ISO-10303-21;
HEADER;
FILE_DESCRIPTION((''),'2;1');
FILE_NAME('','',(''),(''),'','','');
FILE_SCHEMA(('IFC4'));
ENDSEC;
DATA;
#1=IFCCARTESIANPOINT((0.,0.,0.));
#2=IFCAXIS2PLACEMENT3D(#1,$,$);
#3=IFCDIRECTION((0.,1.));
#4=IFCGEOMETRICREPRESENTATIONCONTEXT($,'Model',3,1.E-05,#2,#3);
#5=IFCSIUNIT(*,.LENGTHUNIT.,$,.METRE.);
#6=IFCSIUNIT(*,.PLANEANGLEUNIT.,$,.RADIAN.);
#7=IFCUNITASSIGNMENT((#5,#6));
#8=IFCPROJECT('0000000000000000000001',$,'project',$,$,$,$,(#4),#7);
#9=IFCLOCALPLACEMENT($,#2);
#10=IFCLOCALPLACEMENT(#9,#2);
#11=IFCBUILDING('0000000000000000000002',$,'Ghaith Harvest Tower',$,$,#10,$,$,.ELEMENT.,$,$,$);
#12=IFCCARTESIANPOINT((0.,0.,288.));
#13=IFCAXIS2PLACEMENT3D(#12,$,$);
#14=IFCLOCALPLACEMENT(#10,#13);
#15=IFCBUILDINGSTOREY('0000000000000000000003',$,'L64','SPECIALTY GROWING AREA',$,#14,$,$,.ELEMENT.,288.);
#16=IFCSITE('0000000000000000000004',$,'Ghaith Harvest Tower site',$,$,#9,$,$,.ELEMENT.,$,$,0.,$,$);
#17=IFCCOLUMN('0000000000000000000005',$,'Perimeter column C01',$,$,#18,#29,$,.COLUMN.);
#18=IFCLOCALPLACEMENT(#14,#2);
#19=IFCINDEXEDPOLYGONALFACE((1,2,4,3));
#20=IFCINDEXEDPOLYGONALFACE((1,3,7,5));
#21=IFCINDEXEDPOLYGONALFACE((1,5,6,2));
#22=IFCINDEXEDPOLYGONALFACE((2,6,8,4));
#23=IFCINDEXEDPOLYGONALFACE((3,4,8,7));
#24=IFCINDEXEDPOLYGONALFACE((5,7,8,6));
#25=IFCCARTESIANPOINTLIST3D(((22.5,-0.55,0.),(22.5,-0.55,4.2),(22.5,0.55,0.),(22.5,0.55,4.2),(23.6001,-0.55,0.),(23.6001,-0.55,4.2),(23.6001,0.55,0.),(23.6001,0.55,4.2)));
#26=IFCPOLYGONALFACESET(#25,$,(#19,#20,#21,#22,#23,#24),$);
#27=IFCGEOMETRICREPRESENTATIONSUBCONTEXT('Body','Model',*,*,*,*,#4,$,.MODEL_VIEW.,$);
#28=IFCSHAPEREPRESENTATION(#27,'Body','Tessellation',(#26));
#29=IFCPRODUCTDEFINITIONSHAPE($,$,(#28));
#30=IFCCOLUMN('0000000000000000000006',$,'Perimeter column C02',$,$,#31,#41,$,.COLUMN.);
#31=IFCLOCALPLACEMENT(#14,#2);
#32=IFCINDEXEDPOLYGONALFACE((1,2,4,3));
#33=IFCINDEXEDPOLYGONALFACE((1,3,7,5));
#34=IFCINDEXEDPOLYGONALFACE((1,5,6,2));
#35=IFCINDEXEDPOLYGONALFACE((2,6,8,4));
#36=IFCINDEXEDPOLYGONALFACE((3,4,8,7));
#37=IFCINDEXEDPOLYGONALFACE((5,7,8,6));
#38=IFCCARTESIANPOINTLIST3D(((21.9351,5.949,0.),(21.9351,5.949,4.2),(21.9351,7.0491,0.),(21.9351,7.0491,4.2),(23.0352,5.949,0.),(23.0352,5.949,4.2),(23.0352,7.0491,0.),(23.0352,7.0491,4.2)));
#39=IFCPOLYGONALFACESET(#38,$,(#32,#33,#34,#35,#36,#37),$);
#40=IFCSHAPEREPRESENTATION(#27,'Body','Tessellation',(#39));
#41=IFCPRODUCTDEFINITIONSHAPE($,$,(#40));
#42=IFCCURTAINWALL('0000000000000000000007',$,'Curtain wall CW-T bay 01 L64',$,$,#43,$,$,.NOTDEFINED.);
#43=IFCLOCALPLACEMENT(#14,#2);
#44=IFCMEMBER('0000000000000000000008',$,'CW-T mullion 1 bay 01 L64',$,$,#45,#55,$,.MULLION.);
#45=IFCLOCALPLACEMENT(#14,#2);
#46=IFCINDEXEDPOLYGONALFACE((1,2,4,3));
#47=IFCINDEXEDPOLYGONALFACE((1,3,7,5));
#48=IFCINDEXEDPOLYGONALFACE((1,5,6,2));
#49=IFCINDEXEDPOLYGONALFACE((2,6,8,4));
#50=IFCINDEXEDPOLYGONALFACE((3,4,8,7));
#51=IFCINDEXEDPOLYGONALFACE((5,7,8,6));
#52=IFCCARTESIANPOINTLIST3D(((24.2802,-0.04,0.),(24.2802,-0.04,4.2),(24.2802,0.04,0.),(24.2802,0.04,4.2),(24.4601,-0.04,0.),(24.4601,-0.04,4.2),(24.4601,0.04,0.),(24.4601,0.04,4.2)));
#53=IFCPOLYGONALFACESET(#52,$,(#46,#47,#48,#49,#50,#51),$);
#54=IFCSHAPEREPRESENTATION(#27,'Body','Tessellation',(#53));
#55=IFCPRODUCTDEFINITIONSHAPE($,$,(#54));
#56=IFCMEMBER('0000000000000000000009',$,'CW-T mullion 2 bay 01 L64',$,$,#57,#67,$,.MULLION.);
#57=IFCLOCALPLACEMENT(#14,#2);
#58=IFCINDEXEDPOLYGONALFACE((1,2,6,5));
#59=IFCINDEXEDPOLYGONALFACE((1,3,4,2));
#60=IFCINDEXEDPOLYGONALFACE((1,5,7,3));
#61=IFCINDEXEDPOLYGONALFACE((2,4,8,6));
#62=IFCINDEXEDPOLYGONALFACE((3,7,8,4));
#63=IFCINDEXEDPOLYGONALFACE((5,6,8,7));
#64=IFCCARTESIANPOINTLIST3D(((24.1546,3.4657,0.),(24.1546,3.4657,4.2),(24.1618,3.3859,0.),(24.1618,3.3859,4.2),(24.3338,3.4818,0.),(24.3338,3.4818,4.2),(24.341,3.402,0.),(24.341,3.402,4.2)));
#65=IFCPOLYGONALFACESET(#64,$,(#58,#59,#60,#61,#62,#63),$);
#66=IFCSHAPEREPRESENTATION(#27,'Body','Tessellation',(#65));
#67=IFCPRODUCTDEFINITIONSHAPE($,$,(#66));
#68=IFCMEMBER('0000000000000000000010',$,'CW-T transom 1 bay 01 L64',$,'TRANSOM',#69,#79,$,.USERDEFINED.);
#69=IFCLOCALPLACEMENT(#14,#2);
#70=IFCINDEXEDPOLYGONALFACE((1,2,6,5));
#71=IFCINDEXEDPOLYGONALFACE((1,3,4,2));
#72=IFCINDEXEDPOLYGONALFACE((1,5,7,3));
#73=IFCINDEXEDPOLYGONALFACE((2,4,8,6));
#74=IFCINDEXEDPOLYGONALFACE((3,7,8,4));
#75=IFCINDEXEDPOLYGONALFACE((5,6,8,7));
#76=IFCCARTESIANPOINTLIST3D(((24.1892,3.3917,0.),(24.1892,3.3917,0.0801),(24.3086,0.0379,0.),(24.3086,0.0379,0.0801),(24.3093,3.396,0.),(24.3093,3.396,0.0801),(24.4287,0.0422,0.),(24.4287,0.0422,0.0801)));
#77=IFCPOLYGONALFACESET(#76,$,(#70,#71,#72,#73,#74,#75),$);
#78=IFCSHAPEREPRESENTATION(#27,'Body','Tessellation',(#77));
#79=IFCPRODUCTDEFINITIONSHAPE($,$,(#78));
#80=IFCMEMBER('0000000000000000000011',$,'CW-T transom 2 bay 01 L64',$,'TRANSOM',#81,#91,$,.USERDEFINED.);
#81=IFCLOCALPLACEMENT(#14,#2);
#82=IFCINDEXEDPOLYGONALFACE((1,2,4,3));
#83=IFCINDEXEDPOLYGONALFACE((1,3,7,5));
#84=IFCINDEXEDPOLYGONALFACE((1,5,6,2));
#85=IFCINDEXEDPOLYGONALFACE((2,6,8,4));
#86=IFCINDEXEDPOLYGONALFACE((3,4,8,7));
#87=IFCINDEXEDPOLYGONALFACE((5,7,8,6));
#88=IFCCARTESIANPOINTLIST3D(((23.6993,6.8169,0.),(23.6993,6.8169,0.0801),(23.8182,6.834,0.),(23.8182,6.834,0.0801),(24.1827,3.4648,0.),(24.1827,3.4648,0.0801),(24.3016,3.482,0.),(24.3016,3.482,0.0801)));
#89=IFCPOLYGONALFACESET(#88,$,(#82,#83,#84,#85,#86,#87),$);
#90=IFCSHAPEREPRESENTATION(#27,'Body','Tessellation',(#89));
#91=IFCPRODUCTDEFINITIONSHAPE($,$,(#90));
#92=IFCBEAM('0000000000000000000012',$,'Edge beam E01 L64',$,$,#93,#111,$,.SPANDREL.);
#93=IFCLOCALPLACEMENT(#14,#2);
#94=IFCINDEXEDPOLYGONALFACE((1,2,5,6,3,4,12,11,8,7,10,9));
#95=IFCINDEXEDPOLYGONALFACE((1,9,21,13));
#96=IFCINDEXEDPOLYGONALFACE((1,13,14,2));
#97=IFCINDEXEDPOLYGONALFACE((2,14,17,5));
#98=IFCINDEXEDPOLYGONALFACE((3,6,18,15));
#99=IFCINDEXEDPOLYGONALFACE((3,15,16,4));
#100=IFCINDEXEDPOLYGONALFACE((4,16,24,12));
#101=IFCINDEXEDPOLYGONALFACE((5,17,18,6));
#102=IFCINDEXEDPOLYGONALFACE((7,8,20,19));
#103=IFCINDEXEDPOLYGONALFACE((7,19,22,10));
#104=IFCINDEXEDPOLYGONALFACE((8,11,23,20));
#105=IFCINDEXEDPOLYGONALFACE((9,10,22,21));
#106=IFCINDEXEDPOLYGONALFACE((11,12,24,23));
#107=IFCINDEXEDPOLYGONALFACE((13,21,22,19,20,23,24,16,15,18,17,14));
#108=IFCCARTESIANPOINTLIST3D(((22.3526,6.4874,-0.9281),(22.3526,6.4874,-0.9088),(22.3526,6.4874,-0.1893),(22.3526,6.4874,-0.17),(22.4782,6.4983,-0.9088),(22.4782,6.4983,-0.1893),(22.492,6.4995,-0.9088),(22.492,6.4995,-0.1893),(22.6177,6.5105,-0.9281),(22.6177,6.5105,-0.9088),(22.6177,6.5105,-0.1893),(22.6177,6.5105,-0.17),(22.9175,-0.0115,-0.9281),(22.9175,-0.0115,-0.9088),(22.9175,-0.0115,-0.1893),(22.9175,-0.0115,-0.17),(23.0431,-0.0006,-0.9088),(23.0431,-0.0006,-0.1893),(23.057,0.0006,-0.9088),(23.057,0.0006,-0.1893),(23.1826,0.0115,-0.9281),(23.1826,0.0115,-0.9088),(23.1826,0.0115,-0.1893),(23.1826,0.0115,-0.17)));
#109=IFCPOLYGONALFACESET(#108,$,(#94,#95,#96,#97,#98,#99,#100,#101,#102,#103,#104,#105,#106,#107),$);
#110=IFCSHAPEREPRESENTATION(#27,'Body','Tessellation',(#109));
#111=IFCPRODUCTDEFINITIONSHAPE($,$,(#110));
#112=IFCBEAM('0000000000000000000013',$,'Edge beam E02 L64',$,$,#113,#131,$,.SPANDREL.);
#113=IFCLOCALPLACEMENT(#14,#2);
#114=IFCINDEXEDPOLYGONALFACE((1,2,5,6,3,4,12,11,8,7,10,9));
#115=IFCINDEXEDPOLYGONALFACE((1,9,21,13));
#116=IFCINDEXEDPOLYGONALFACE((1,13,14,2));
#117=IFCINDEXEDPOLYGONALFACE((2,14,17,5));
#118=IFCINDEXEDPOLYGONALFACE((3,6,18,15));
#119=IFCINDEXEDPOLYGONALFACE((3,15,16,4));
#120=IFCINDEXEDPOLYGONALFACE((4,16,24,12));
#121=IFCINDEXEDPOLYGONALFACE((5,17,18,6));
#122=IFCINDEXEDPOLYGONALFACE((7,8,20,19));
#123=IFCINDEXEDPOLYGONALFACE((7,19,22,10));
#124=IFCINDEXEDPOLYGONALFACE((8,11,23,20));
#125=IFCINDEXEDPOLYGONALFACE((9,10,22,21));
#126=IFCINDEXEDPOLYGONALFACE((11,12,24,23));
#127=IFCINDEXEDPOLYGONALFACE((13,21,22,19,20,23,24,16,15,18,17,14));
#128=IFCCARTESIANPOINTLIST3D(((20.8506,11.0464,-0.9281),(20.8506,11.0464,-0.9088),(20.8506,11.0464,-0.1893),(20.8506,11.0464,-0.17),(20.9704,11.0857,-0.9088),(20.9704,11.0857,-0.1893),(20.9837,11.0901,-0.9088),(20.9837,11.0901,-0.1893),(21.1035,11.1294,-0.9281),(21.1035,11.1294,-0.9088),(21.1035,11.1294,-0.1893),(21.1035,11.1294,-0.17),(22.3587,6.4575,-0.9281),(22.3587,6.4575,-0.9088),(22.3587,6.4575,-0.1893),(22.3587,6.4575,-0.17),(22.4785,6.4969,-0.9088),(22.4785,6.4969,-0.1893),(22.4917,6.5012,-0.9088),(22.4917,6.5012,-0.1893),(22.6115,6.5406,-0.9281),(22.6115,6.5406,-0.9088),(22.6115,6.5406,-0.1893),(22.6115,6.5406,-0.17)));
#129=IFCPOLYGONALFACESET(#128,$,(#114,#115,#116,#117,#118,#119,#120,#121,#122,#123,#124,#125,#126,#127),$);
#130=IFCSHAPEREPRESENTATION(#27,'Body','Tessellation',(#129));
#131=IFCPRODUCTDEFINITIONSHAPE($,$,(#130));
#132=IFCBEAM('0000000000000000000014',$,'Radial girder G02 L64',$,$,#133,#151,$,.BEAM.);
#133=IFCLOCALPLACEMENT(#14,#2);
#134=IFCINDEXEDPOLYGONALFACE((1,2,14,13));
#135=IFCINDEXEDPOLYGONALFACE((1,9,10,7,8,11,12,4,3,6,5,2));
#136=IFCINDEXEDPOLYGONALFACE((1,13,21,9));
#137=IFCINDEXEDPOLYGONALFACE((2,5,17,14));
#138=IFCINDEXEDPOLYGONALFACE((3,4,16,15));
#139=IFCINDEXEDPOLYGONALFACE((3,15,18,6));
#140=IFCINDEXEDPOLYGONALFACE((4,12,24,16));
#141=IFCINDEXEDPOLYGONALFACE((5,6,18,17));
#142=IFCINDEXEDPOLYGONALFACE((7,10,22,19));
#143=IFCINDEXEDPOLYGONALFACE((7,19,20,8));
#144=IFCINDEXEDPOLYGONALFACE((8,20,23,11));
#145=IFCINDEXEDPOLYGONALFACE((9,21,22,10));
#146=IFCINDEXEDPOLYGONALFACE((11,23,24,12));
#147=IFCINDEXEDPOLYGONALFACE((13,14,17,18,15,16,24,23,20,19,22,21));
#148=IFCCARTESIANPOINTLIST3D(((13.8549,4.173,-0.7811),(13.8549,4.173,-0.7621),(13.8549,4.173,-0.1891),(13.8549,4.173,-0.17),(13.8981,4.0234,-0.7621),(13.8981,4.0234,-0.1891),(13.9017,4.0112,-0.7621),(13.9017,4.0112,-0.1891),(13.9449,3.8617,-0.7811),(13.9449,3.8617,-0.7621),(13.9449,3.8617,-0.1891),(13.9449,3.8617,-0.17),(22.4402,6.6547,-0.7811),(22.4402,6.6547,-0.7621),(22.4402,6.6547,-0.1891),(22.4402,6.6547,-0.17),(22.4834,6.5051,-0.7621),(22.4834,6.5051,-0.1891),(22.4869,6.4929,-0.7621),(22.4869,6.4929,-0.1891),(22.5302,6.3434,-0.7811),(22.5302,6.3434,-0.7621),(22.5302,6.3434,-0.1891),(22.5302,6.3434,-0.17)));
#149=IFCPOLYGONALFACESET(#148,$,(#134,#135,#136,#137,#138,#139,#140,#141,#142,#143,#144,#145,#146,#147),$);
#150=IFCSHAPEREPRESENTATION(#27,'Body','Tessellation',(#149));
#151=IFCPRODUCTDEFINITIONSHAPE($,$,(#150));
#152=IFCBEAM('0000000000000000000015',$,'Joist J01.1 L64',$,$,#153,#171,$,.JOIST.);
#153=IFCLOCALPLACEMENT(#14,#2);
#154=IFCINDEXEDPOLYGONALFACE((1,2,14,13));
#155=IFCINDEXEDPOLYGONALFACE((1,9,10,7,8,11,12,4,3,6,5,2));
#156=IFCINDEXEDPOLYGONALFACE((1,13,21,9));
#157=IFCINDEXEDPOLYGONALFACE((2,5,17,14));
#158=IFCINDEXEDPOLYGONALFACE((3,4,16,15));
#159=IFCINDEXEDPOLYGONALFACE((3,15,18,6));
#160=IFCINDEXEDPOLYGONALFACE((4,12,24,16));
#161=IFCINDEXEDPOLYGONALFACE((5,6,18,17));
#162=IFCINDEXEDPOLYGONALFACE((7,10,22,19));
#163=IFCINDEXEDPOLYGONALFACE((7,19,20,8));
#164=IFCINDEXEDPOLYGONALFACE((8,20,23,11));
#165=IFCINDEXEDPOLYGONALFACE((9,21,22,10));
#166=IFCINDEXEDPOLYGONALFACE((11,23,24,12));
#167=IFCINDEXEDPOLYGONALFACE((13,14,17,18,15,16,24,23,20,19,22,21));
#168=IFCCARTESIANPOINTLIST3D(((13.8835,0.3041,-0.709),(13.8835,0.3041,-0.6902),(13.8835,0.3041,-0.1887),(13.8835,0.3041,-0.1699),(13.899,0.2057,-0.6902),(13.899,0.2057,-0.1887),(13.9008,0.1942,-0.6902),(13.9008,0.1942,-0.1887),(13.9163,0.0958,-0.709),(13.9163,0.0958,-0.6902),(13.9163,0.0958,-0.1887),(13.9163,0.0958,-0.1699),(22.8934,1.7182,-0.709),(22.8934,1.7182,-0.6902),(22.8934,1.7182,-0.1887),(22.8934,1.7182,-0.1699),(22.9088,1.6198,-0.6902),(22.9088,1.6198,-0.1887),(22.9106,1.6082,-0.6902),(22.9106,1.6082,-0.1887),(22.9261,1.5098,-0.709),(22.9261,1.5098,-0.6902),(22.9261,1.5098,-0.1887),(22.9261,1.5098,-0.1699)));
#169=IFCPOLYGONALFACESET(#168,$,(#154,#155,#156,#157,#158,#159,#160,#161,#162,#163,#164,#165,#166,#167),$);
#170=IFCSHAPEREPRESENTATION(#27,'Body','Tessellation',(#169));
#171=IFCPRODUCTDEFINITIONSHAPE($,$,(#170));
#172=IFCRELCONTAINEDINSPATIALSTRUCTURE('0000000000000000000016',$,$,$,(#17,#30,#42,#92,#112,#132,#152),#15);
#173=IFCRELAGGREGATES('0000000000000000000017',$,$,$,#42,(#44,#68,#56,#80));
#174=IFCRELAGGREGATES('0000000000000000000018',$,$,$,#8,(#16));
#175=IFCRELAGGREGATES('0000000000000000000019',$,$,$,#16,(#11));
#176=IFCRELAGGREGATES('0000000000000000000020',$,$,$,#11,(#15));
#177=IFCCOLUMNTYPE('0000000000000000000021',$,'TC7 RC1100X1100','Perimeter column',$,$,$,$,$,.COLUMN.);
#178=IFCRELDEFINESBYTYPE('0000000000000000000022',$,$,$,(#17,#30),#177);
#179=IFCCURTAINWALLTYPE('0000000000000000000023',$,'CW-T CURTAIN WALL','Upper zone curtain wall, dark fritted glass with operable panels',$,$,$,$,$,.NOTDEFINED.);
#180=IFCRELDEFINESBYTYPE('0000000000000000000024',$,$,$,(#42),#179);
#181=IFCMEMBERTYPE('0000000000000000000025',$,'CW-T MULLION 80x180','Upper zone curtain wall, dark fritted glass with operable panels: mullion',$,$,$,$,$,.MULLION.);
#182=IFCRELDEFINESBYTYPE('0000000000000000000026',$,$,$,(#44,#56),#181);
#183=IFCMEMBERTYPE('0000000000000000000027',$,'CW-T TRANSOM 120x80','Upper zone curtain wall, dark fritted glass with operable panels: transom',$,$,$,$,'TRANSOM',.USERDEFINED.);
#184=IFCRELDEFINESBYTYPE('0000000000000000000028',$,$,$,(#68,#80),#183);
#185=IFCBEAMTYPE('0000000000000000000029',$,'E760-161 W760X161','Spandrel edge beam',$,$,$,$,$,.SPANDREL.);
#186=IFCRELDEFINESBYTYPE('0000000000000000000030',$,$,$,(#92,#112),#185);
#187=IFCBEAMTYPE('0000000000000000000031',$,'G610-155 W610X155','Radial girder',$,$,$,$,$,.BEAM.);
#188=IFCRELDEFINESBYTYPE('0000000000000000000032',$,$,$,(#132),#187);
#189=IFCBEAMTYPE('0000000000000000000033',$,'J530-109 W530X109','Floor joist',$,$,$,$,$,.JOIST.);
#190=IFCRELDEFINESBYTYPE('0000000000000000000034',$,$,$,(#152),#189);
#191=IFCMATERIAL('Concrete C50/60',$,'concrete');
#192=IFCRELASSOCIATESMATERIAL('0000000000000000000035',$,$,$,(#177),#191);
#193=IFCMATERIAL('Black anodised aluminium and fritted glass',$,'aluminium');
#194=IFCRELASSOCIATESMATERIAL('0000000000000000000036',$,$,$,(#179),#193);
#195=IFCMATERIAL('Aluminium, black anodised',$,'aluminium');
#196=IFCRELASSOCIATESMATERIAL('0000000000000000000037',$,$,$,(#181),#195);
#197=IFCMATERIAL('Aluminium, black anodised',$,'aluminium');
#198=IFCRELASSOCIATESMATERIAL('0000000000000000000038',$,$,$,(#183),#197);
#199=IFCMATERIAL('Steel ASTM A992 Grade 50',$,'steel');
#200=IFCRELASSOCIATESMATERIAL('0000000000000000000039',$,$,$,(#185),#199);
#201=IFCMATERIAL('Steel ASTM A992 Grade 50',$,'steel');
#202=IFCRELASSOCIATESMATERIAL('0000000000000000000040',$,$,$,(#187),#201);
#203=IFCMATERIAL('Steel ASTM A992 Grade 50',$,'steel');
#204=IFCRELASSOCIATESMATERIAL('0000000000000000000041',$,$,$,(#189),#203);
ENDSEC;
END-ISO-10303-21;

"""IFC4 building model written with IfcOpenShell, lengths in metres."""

from ifc_helpers import new_model, si_unit, direction, frame, origin, origin_2d, place, context, subcontext, project, spatial, rectangle, i_section, extrude, material, material_profile, profile_set, type_object, element, aggregate, save


model = new_model("IFC4")

# Units and contexts
model_context = context("Model", 3, precision=1e-05, world=origin(), true_north=direction((0.0, 1.0)))
body_context = subcontext(model_context, "Body", "Model", "MODEL_VIEW")
ifc_project = project(units=[si_unit("LENGTHUNIT", "METRE"), si_unit("PLANEANGLEUNIT", "RADIAN")], contexts=[model_context])

# Site, building, storey
site_placement = place(None, origin())
site = spatial("IfcSite", under=ifc_project, at=site_placement, Name="Ghaith Harvest Tower site", CompositionType="ELEMENT", RefElevation=0.0)
building_placement = place(site_placement, origin())
building = spatial("IfcBuilding", under=site, at=building_placement, Name="Ghaith Harvest Tower", CompositionType="ELEMENT")
storey_placement = place(building_placement, frame((0.0, 0.0, 288.0)))
storey = spatial("IfcBuildingStorey", under=building, at=storey_placement, Name="L64", Description="SPECIALTY GROWING AREA", CompositionType="ELEMENT", Elevation=288.0)

# Columns
ifc_material_1 = material(Name="Concrete C50/60", Category="concrete")
ifc_material_profile_1 = material_profile(ifc_material_1, rectangle(XDim=1.1001, YDim=1.1001, at=origin_2d()), Name="RC1100X1100")
ifc_profile_set_1 = profile_set([ifc_material_profile_1], Name="Concrete C50/60")
column_type = type_object("IfcColumnType", Name="TC7 RC1100X1100", Description="Perimeter column", PredefinedType="COLUMN", material=ifc_profile_set_1)
for number, where, z_axis, x_axis, name in (
    (1, (23.05, 0.0, 0.0), (0.0, 0.0, 1.0), (1.0, 0.0, 0.0), "Perimeter column C01"),
    (2, (22.4851, 6.499, 0.0), (0.0, 0.0, 1.0), (1.0, 0.0, 0.0), "Perimeter column C02"),
):
    element("IfcColumn", number, at=place(storey_placement, frame(where, z_axis=z_axis, x_axis=x_axis)), inside=storey, type_object=column_type, Name=name, PredefinedType="COLUMN", context=body_context, shape_type="SweptSolid", body=[
        extrude(rectangle(XDim=1.1001, YDim=1.1001, at=origin_2d()), origin(), (0.0, 0.0, 1.0), 4.2),
    ])

# Curtain wall, members
ifc_material_2 = material(Name="Black anodised aluminium and fritted glass", Category="aluminium")
curtain_wall_type = type_object("IfcCurtainWallType", Name="CW-T CURTAIN WALL", Description="Upper zone curtain wall, dark fritted glass with operable panels", PredefinedType="NOTDEFINED", material=ifc_material_2)
curtain_wall_placement = place(storey_placement, origin())
curtain_wall = element("IfcCurtainWall", 3, at=curtain_wall_placement, inside=storey, type_object=curtain_wall_type, Name="Curtain wall CW-T bay 01 L64", PredefinedType="NOTDEFINED")
ifc_material_3 = material(Name="Aluminium, black anodised", Category="aluminium")
ifc_material_profile_2 = material_profile(ifc_material_3, rectangle(XDim=0.0801, YDim=0.1799, at=origin_2d()), Name="CW-T MULLION 80x180")
ifc_profile_set_2 = profile_set([ifc_material_profile_2], Name="Aluminium, black anodised")
member_type_1 = type_object("IfcMemberType", Name="CW-T MULLION 80x180", Description="Upper zone curtain wall, dark fritted glass with operable panels: mullion", PredefinedType="MULLION", material=ifc_profile_set_2)
member_1_placement = place(storey_placement, frame((24.3701, 0.0, 0.0), z_axis=(0.0, 0.0, 1.0), x_axis=(0.0, 1.0, 0.0)))
member_1 = element("IfcMember", 4, at=member_1_placement, type_object=member_type_1, Name="CW-T mullion 1 bay 01 L64", PredefinedType="MULLION", context=body_context, shape_type="SweptSolid", body=[
    extrude(rectangle(XDim=0.0801, YDim=0.1799, at=origin_2d()), origin(), (0.0, 0.0, 1.0), 4.2),
])
member_2_placement = place(storey_placement, frame((24.2478, 3.4338, 0.0), z_axis=(0.0, 0.0, 1.0), x_axis=(-0.089502, 0.995987, 0.0)))
member_2 = element("IfcMember", 5, at=member_2_placement, type_object=member_type_1, Name="CW-T mullion 2 bay 01 L64", PredefinedType="MULLION", context=body_context, shape_type="SweptSolid", body=[
    extrude(rectangle(XDim=0.0801, YDim=0.1799, at=origin_2d()), origin(), (0.0, 0.0, 1.0), 4.2),
])
ifc_material_4 = material(Name="Aluminium, black anodised", Category="aluminium")
ifc_material_profile_3 = material_profile(ifc_material_4, rectangle(XDim=0.1201, YDim=0.0801, at=origin_2d()), Name="CW-T TRANSOM 120x80")
ifc_profile_set_3 = profile_set([ifc_material_profile_3], Name="Aluminium, black anodised")
member_type_2 = type_object("IfcMemberType", Name="CW-T TRANSOM 120x80", Description="Upper zone curtain wall, dark fritted glass with operable panels: transom", ElementType="TRANSOM", PredefinedType="USERDEFINED", material=ifc_profile_set_3)
member_3_placement = place(storey_placement, frame((24.3687, 0.04, 0.04), z_axis=(-0.035575, 0.999367, 0.0), x_axis=(-0.999367, -0.035575, 0.0)))
member_3 = element("IfcMember", 6, at=member_3_placement, type_object=member_type_2, Name="CW-T transom 1 bay 01 L64", ObjectType="TRANSOM", PredefinedType="USERDEFINED", context=body_context, shape_type="SweptSolid", body=[
    extrude(rectangle(XDim=0.1201, YDim=0.0801, at=origin_2d()), origin(), (0.0, 0.0, 1.0), 3.356),
])
member_4_placement = place(storey_placement, frame((24.2422, 3.4734, 0.04), z_axis=(-0.142733, 0.989761, 0.0), x_axis=(-0.989761, -0.142733, 0.0)))
member_4 = element("IfcMember", 7, at=member_4_placement, type_object=member_type_2, Name="CW-T transom 2 bay 01 L64", ObjectType="TRANSOM", PredefinedType="USERDEFINED", context=body_context, shape_type="SweptSolid", body=[
    extrude(rectangle(XDim=0.1201, YDim=0.0801, at=origin_2d()), origin(), (0.0, 0.0, 1.0), 3.3867),
])

# Beams
ifc_material_5 = material(Name="Steel ASTM A992 Grade 50", Category="steel")
ifc_material_profile_4 = material_profile(ifc_material_5, i_section(OverallWidth=0.2661, OverallDepth=0.7581, WebThickness=0.0139, FlangeThickness=0.0193, at=origin_2d()), Name="W760X161")
ifc_profile_set_4 = profile_set([ifc_material_profile_4], Name="Steel ASTM A992 Grade 50")
beam_type_1 = type_object("IfcBeamType", Name="E760-161 W760X161", Description="Spandrel edge beam", PredefinedType="SPANDREL", material=ifc_profile_set_4)
beam_1_placement = place(storey_placement, frame((23.05, 0.0, -0.5491), z_axis=(-0.086601, 0.996243, 0.0), x_axis=(-0.996243, -0.086601, 0.0)))
element("IfcBeam", 8, at=beam_1_placement, inside=storey, type_object=beam_type_1, Name="Edge beam E01 L64", PredefinedType="SPANDREL", context=body_context, shape_type="SweptSolid", body=[
    extrude(i_section(OverallWidth=0.2661, OverallDepth=0.7581, WebThickness=0.0139, FlangeThickness=0.0193, at=origin_2d()), origin(), (0.0, 0.0, 1.0), 6.5234),
])
beam_2_placement = place(storey_placement, frame((22.4851, 6.499, -0.5491), z_axis=(-0.312207, 0.950014, 0.0), x_axis=(-0.950014, -0.312207, 0.0)))
element("IfcBeam", 9, at=beam_2_placement, inside=storey, type_object=beam_type_1, Name="Edge beam E02 L64", PredefinedType="SPANDREL", context=body_context, shape_type="SweptSolid", body=[
    extrude(i_section(OverallWidth=0.2661, OverallDepth=0.7581, WebThickness=0.0139, FlangeThickness=0.0193, at=origin_2d()), origin(), (0.0, 0.0, 1.0), 4.8303),
])
ifc_material_6 = material(Name="Steel ASTM A992 Grade 50", Category="steel")
ifc_material_profile_5 = material_profile(ifc_material_6, i_section(OverallWidth=0.324, OverallDepth=0.6111, WebThickness=0.0127, FlangeThickness=0.019, at=origin_2d()), Name="W610X155")
ifc_profile_set_5 = profile_set([ifc_material_profile_5], Name="Steel ASTM A992 Grade 50")
beam_type_2 = type_object("IfcBeamType", Name="G610-155 W610X155", Description="Radial girder", PredefinedType="BEAM", material=ifc_profile_set_5)
beam_3_placement = place(storey_placement, frame((13.8999, 4.0173, -0.4756), z_axis=(0.960669, 0.277697, 0.0), x_axis=(-0.277697, 0.960669, 0.0)))
element("IfcBeam", 10, at=beam_3_placement, inside=storey, type_object=beam_type_2, Name="Radial girder G02 L64", PredefinedType="BEAM", context=body_context, shape_type="SweptSolid", body=[
    extrude(i_section(OverallWidth=0.324, OverallDepth=0.6111, WebThickness=0.0127, FlangeThickness=0.019, at=origin_2d()), origin(), (0.0, 0.0, 1.0), 8.9368),
])
ifc_material_7 = material(Name="Steel ASTM A992 Grade 50", Category="steel")
ifc_material_profile_6 = material_profile(ifc_material_7, i_section(OverallWidth=0.2109, OverallDepth=0.5391, WebThickness=0.0117, FlangeThickness=0.0188, at=origin_2d()), Name="W530X109")
ifc_profile_set_6 = profile_set([ifc_material_profile_6], Name="Steel ASTM A992 Grade 50")
beam_type_3 = type_object("IfcBeamType", Name="J530-109 W530X109", Description="Floor joist", PredefinedType="JOIST", material=ifc_profile_set_6)
beam_4_placement = place(storey_placement, frame((13.8999, 0.2, -0.4395), z_axis=(0.987907, 0.15505, 0.0), x_axis=(-0.15505, 0.987907, 0.0)))
element("IfcBeam", 11, at=beam_4_placement, inside=storey, type_object=beam_type_3, Name="Joist J01.1 L64", PredefinedType="JOIST", context=body_context, shape_type="SweptSolid", body=[
    extrude(i_section(OverallWidth=0.2109, OverallDepth=0.5391, WebThickness=0.0117, FlangeThickness=0.0188, at=origin_2d()), origin(), (0.0, 0.0, 1.0), 9.1201),
])

aggregate(curtain_wall, [member_1, member_3, member_2, member_4])

save(model, "model.ifc")
